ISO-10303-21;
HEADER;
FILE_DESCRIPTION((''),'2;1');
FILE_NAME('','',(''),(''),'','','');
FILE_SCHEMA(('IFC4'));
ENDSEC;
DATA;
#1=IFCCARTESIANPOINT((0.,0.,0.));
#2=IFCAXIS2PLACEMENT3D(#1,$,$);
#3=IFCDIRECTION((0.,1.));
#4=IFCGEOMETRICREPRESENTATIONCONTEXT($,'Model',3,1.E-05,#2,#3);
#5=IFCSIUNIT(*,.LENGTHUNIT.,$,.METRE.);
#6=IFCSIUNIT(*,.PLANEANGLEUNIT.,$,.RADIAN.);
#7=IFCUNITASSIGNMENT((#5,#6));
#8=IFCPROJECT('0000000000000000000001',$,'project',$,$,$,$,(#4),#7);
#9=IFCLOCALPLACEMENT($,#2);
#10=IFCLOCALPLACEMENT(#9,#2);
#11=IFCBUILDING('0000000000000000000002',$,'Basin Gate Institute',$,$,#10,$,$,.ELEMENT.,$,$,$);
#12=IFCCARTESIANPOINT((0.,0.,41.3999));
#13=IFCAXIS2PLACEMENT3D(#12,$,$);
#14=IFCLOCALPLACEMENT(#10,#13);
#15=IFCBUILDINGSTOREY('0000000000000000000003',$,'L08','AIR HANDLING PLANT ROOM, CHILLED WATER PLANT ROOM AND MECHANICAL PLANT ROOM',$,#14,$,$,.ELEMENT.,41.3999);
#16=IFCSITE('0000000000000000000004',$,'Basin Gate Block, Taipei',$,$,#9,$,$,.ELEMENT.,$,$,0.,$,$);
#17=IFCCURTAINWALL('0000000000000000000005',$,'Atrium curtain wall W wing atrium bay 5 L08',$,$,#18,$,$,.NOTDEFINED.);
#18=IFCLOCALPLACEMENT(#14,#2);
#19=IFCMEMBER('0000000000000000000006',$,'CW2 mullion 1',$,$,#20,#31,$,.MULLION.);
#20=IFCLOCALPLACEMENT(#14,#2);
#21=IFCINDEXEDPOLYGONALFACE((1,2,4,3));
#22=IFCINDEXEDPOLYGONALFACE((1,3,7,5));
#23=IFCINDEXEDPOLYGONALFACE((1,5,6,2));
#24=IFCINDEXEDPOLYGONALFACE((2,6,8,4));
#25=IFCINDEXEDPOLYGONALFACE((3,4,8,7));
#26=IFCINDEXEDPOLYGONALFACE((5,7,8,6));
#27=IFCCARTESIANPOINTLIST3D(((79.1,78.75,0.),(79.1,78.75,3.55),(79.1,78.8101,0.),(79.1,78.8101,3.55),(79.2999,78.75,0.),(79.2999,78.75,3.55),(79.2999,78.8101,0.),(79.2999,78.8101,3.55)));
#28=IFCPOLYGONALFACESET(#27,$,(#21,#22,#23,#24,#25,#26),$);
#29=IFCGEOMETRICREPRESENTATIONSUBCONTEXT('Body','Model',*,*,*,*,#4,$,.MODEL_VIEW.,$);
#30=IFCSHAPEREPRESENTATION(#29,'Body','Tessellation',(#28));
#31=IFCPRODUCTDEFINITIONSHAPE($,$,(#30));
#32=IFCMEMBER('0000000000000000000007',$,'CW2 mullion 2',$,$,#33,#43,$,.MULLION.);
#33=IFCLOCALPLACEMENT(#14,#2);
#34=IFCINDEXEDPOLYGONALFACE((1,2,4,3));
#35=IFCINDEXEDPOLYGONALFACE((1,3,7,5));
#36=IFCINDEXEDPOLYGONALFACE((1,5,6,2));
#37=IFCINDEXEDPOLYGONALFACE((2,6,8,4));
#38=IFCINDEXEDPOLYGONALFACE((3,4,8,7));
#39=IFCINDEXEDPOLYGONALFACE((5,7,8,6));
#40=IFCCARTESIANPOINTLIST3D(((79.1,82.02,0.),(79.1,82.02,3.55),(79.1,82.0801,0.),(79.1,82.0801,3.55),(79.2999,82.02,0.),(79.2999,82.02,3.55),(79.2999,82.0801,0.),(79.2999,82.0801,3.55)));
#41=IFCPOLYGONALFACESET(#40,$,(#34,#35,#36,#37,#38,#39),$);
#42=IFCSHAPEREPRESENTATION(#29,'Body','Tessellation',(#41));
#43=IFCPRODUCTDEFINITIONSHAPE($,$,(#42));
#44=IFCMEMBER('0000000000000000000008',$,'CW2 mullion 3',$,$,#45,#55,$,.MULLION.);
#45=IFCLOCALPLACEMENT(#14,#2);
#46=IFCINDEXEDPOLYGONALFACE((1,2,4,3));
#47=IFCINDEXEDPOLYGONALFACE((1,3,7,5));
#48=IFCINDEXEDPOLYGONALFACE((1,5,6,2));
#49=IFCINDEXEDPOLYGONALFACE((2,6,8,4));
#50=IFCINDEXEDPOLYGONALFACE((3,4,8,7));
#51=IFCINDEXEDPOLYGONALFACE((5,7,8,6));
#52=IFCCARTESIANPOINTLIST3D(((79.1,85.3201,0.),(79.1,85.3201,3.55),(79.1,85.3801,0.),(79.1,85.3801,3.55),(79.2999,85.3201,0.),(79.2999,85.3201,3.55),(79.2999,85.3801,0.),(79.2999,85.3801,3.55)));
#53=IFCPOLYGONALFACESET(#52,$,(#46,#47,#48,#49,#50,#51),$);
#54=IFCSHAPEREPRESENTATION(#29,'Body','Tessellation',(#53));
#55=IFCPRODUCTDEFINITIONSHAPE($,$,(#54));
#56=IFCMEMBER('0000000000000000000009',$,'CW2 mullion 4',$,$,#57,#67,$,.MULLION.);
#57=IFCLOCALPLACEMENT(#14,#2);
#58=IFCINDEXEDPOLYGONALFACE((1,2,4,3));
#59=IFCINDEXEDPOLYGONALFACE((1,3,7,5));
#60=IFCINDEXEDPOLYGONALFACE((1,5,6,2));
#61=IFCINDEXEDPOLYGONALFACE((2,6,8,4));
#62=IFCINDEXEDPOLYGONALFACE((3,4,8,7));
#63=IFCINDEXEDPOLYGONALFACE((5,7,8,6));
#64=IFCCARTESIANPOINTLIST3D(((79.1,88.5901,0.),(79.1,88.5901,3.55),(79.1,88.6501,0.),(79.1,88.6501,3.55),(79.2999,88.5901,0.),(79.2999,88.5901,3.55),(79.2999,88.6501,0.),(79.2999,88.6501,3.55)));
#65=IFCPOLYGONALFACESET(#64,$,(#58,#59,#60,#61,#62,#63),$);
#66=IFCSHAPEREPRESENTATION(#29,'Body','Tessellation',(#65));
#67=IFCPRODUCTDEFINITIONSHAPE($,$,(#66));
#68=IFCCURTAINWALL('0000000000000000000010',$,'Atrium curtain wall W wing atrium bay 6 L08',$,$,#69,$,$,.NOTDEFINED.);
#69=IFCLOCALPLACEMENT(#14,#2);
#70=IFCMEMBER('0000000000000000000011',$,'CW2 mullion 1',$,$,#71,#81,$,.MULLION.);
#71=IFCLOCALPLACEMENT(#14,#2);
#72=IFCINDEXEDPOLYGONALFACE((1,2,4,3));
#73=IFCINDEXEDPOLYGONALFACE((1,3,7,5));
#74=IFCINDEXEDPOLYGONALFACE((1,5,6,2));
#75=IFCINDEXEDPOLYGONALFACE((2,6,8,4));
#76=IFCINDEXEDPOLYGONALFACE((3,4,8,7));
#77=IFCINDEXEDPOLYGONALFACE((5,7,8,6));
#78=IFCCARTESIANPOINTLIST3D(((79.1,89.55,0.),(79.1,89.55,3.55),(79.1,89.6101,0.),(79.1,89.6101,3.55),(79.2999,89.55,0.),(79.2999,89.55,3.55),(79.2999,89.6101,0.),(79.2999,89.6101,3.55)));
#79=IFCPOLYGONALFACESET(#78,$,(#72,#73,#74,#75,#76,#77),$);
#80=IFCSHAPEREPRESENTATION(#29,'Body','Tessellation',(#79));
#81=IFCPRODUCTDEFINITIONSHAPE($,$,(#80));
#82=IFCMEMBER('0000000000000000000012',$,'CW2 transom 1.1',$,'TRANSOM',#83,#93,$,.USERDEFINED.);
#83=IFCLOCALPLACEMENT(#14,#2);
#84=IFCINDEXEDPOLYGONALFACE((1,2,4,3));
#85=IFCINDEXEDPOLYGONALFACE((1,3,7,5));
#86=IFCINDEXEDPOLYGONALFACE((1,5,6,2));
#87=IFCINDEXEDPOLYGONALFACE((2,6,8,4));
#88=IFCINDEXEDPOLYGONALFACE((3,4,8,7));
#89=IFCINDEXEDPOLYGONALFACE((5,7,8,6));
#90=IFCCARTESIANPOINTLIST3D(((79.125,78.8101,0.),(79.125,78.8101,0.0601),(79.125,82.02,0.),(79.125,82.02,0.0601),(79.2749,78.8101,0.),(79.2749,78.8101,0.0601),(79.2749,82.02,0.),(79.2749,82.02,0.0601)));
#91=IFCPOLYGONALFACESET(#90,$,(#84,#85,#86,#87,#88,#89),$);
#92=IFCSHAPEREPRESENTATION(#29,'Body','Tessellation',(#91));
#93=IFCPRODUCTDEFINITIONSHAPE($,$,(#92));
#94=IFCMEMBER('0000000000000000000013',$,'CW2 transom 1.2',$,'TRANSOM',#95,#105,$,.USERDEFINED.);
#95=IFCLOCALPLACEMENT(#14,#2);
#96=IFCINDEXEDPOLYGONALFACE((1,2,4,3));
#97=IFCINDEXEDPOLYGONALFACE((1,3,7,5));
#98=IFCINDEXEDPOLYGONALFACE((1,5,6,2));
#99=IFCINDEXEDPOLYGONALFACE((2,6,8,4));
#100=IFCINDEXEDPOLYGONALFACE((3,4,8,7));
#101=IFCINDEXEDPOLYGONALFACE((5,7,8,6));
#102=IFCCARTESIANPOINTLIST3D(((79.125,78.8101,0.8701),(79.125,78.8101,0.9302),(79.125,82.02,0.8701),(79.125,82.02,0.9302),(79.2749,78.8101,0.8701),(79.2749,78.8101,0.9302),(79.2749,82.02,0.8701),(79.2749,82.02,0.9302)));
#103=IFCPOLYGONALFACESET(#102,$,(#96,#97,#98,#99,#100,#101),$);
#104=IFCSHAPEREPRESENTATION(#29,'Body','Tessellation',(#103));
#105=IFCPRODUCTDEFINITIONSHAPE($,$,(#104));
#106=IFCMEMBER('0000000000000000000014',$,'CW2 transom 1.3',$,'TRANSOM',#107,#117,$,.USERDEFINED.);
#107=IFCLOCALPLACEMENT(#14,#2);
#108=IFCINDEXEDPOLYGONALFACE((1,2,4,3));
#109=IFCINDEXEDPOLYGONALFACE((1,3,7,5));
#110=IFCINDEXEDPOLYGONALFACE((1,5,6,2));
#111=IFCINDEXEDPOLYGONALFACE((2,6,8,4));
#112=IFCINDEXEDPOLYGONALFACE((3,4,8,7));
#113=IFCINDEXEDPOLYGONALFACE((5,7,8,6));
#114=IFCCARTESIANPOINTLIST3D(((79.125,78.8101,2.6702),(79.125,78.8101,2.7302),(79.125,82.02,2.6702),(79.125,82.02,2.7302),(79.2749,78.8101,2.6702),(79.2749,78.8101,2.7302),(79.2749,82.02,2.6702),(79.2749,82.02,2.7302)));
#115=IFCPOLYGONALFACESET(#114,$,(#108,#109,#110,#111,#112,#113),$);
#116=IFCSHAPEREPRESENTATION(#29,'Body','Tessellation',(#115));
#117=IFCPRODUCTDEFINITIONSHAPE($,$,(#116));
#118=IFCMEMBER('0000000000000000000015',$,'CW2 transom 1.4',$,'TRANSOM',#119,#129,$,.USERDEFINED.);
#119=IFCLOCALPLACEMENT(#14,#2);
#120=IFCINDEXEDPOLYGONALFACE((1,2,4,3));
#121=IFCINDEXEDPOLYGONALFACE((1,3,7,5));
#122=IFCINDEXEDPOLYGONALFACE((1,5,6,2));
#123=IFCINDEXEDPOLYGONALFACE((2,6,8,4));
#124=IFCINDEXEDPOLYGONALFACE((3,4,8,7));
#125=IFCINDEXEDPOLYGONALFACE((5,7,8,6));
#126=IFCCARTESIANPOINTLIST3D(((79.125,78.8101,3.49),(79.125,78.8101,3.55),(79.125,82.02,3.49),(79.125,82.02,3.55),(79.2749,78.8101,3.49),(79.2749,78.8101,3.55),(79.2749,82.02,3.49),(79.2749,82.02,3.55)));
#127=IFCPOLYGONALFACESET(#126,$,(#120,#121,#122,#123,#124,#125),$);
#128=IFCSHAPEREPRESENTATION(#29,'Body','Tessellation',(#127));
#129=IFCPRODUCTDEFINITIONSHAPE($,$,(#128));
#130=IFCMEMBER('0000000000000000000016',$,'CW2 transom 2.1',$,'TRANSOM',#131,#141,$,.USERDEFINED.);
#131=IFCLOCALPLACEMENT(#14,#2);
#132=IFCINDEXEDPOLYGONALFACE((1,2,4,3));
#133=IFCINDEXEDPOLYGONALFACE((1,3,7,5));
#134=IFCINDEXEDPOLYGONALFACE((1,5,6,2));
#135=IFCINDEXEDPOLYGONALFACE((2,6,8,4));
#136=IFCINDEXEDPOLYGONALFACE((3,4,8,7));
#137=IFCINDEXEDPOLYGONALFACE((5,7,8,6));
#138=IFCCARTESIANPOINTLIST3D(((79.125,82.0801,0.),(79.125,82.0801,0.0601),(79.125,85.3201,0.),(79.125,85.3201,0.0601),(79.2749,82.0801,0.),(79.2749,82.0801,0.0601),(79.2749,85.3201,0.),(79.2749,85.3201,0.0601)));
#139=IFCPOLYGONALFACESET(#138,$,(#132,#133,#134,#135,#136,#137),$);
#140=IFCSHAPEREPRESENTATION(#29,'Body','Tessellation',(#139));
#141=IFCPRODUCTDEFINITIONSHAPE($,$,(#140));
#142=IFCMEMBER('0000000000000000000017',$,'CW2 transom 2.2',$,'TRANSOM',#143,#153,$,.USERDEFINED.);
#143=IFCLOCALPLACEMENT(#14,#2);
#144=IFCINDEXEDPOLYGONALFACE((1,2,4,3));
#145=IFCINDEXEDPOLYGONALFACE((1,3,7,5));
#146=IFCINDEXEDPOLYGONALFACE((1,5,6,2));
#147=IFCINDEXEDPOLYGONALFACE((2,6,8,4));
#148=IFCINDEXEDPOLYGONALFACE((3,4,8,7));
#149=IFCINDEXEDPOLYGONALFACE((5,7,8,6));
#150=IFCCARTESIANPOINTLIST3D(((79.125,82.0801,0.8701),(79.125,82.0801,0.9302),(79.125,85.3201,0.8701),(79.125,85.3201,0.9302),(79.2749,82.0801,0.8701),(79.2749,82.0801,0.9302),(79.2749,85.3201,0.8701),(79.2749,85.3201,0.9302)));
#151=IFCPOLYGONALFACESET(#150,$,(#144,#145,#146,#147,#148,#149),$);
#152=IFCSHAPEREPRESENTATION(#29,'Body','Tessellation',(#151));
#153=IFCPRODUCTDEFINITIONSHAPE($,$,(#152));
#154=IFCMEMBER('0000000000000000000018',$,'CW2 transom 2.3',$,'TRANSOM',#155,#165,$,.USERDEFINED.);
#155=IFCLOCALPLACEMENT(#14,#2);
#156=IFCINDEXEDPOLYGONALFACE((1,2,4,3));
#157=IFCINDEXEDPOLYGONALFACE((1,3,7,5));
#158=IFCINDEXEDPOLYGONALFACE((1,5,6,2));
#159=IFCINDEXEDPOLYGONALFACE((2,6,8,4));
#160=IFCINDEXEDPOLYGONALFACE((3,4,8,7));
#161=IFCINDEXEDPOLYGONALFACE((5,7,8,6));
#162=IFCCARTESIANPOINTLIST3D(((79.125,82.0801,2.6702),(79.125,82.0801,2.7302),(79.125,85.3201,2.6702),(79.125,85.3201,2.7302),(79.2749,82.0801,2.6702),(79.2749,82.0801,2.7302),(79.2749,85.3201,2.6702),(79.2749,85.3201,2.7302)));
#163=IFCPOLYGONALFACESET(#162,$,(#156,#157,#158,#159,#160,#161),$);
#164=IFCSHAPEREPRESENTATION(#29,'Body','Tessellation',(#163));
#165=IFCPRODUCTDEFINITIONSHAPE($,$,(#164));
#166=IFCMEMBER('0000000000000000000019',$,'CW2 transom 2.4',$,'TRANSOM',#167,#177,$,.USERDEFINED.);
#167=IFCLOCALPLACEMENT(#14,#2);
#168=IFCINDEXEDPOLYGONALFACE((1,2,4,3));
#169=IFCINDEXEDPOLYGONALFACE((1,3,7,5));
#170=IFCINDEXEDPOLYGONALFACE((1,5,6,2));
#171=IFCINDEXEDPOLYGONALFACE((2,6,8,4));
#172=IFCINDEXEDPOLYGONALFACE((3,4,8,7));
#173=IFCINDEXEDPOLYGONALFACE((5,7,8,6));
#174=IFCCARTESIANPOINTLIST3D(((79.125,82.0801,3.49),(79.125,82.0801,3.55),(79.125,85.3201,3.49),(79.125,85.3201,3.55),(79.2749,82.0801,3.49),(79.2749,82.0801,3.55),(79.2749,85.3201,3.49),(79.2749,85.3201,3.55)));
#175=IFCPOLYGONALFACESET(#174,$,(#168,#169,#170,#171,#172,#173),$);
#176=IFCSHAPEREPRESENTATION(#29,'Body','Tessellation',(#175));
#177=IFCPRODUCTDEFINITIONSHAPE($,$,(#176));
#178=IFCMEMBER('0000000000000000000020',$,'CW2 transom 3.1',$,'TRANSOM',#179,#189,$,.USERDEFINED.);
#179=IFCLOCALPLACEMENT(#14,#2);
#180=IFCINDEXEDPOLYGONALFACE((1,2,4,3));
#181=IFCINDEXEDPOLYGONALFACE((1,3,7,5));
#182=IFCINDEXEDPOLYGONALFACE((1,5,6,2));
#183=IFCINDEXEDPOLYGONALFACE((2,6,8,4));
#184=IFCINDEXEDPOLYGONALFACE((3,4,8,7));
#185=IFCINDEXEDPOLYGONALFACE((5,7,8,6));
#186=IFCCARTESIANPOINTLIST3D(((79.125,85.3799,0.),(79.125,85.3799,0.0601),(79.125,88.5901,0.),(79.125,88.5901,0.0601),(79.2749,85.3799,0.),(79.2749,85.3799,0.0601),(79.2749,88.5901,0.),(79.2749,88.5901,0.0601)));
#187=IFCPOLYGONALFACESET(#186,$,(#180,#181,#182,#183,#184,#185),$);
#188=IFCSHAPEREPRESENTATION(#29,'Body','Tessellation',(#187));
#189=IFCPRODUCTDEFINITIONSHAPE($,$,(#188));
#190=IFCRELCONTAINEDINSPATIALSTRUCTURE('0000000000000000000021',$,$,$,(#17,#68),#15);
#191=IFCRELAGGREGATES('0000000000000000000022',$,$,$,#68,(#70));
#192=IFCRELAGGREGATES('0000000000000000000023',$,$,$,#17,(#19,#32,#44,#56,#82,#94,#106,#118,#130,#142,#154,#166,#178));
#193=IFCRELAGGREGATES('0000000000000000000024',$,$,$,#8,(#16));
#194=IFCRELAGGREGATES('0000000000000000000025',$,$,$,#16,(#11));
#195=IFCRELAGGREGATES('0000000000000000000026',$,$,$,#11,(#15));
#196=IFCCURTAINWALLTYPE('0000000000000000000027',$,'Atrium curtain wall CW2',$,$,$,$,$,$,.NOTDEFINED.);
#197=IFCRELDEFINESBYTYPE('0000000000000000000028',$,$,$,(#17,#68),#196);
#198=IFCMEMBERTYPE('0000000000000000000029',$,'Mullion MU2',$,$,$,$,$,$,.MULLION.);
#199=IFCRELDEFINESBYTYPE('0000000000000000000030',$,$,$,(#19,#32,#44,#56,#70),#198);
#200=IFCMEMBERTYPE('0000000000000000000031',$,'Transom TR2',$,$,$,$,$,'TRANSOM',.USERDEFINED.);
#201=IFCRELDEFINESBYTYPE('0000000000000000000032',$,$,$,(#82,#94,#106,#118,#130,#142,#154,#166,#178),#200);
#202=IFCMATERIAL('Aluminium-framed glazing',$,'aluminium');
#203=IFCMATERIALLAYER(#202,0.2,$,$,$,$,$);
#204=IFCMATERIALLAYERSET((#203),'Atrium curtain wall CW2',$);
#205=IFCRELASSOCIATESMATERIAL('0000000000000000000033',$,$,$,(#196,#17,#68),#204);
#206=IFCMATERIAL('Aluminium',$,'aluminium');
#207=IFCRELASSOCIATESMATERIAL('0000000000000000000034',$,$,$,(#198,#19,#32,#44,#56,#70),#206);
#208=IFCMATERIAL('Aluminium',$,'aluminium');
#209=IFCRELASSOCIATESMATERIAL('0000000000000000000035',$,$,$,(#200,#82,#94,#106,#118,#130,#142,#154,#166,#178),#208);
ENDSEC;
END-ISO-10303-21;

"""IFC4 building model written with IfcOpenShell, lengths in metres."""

from ifc_helpers import new_model, si_unit, direction, frame, origin, origin_2d, place, context, subcontext, project, spatial, rectangle, extrude, material, layer, layer_set, material_profile, profile_set, type_object, element, aggregate, save


model = new_model("IFC4")

# Units and contexts
model_context = context("Model", 3, precision=1e-05, world=origin(), true_north=direction((0.0, 1.0)))
body_context = subcontext(model_context, "Body", "Model", "MODEL_VIEW")
ifc_project = project(units=[si_unit("LENGTHUNIT", "METRE"), si_unit("PLANEANGLEUNIT", "RADIAN")], contexts=[model_context])

# Site, building, storey
site_placement = place(None, origin())
site = spatial("IfcSite", under=ifc_project, at=site_placement, Name="Basin Gate Block, Taipei", CompositionType="ELEMENT", RefElevation=0.0)
building_placement = place(site_placement, origin())
building = spatial("IfcBuilding", under=site, at=building_placement, Name="Basin Gate Institute", CompositionType="ELEMENT")
storey_placement = place(building_placement, frame((0.0, 0.0, 41.3999)))
storey = spatial("IfcBuildingStorey", under=building, at=storey_placement, Name="L08", Description="AIR HANDLING PLANT ROOM, CHILLED WATER PLANT ROOM AND MECHANICAL PLANT ROOM", CompositionType="ELEMENT", Elevation=41.3999)

# Curtain wall, members
ifc_material_1 = material(Name="Aluminium-framed glazing", Category="aluminium")
ifc_layer_1 = layer(ifc_material_1, 0.2)
ifc_layer_set_1 = layer_set([ifc_layer_1], Name="Atrium curtain wall CW2")
curtain_wall_type = type_object("IfcCurtainWallType", Name="Atrium curtain wall CW2", PredefinedType="NOTDEFINED", material=ifc_layer_set_1)
curtain_wall_1_placement = place(storey_placement, origin())
curtain_wall_1 = element("IfcCurtainWall", 1, at=curtain_wall_1_placement, inside=storey, type_object=curtain_wall_type, material=ifc_layer_set_1, Name="Atrium curtain wall W wing atrium bay 5 L08", PredefinedType="NOTDEFINED")
ifc_material_2 = material(Name="Aluminium", Category="aluminium")
ifc_material_profile_1 = material_profile(ifc_material_2, rectangle(XDim=0.2, YDim=0.0601, at=origin_2d()), Name="Mullion MU2 200 x 60")
ifc_profile_set_1 = profile_set([ifc_material_profile_1], Name="Aluminium")
member_type_1 = type_object("IfcMemberType", Name="Mullion MU2", PredefinedType="MULLION", material=ifc_profile_set_1)
member_1_placement = place(storey_placement, frame((79.2, 78.78, 0.0), z_axis=(0.0, 0.0, 1.0), x_axis=(-1.0, 0.0, 0.0)))
member_1 = element("IfcMember", 2, at=member_1_placement, type_object=member_type_1, material=ifc_profile_set_1, Name="CW2 mullion 1", PredefinedType="MULLION", context=body_context, shape_type="SweptSolid", body=[
    extrude(rectangle(XDim=0.2, YDim=0.0601, at=origin_2d()), origin(), (0.0, 0.0, 1.0), 3.55),
])
member_2_placement = place(storey_placement, frame((79.2, 82.05, 0.0), z_axis=(0.0, 0.0, 1.0), x_axis=(-1.0, 0.0, 0.0)))
member_2 = element("IfcMember", 3, at=member_2_placement, type_object=member_type_1, material=ifc_profile_set_1, Name="CW2 mullion 2", PredefinedType="MULLION", context=body_context, shape_type="SweptSolid", body=[
    extrude(rectangle(XDim=0.2, YDim=0.0601, at=origin_2d()), origin(), (0.0, 0.0, 1.0), 3.55),
])
member_3_placement = place(storey_placement, frame((79.2, 85.3501, 0.0), z_axis=(0.0, 0.0, 1.0), x_axis=(-1.0, 0.0, 0.0)))
member_3 = element("IfcMember", 4, at=member_3_placement, type_object=member_type_1, material=ifc_profile_set_1, Name="CW2 mullion 3", PredefinedType="MULLION", context=body_context, shape_type="SweptSolid", body=[
    extrude(rectangle(XDim=0.2, YDim=0.0601, at=origin_2d()), origin(), (0.0, 0.0, 1.0), 3.55),
])
member_4_placement = place(storey_placement, frame((79.2, 88.6201, 0.0), z_axis=(0.0, 0.0, 1.0), x_axis=(-1.0, 0.0, 0.0)))
member_4 = element("IfcMember", 5, at=member_4_placement, type_object=member_type_1, material=ifc_profile_set_1, Name="CW2 mullion 4", PredefinedType="MULLION", context=body_context, shape_type="SweptSolid", body=[
    extrude(rectangle(XDim=0.2, YDim=0.0601, at=origin_2d()), origin(), (0.0, 0.0, 1.0), 3.55),
])

# Curtain wall, member
curtain_wall_2_placement = place(storey_placement, origin())
curtain_wall_2 = element("IfcCurtainWall", 6, at=curtain_wall_2_placement, inside=storey, type_object=curtain_wall_type, material=ifc_layer_set_1, Name="Atrium curtain wall W wing atrium bay 6 L08", PredefinedType="NOTDEFINED")
member_5_placement = place(storey_placement, frame((79.2, 89.5801, 0.0), z_axis=(0.0, 0.0, 1.0), x_axis=(-1.0, 0.0, 0.0)))
member_5 = element("IfcMember", 7, at=member_5_placement, type_object=member_type_1, material=ifc_profile_set_1, Name="CW2 mullion 1", PredefinedType="MULLION", context=body_context, shape_type="SweptSolid", body=[
    extrude(rectangle(XDim=0.2, YDim=0.0601, at=origin_2d()), origin(), (0.0, 0.0, 1.0), 3.55),
])

# Members
ifc_material_3 = material(Name="Aluminium", Category="aluminium")
ifc_material_profile_2 = material_profile(ifc_material_3, rectangle(XDim=0.1499, YDim=0.0601, at=origin_2d()), Name="Transom TR2 150 x 60")
ifc_profile_set_2 = profile_set([ifc_material_profile_2], Name="Aluminium")
member_type_2 = type_object("IfcMemberType", Name="Transom TR2", ElementType="TRANSOM", PredefinedType="USERDEFINED", material=ifc_profile_set_2)
member_6_placement = place(storey_placement, frame((79.2, 78.8101, 0.03), z_axis=(0.0, 1.0, 0.0), x_axis=(-1.0, 0.0, 0.0)))
member_6 = element("IfcMember", 8, at=member_6_placement, type_object=member_type_2, material=ifc_profile_set_2, Name="CW2 transom 1.1", ObjectType="TRANSOM", PredefinedType="USERDEFINED", context=body_context, shape_type="SweptSolid", body=[
    extrude(rectangle(XDim=0.1499, YDim=0.0601, at=origin_2d()), origin(), (0.0, 0.0, 1.0), 3.21),
])
member_7_placement = place(storey_placement, frame((79.2, 78.8101, 0.9001), z_axis=(0.0, 1.0, 0.0), x_axis=(-1.0, 0.0, 0.0)))
member_7 = element("IfcMember", 9, at=member_7_placement, type_object=member_type_2, material=ifc_profile_set_2, Name="CW2 transom 1.2", ObjectType="TRANSOM", PredefinedType="USERDEFINED", context=body_context, shape_type="SweptSolid", body=[
    extrude(rectangle(XDim=0.1499, YDim=0.0601, at=origin_2d()), origin(), (0.0, 0.0, 1.0), 3.21),
])
member_8_placement = place(storey_placement, frame((79.2, 78.8101, 2.7002), z_axis=(0.0, 1.0, 0.0), x_axis=(-1.0, 0.0, 0.0)))
member_8 = element("IfcMember", 10, at=member_8_placement, type_object=member_type_2, material=ifc_profile_set_2, Name="CW2 transom 1.3", ObjectType="TRANSOM", PredefinedType="USERDEFINED", context=body_context, shape_type="SweptSolid", body=[
    extrude(rectangle(XDim=0.1499, YDim=0.0601, at=origin_2d()), origin(), (0.0, 0.0, 1.0), 3.21),
])
member_9_placement = place(storey_placement, frame((79.2, 78.8101, 3.52), z_axis=(0.0, 1.0, 0.0), x_axis=(-1.0, 0.0, 0.0)))
member_9 = element("IfcMember", 11, at=member_9_placement, type_object=member_type_2, material=ifc_profile_set_2, Name="CW2 transom 1.4", ObjectType="TRANSOM", PredefinedType="USERDEFINED", context=body_context, shape_type="SweptSolid", body=[
    extrude(rectangle(XDim=0.1499, YDim=0.0601, at=origin_2d()), origin(), (0.0, 0.0, 1.0), 3.21),
])
member_10_placement = place(storey_placement, frame((79.2, 82.0801, 0.03), z_axis=(0.0, 1.0, 0.0), x_axis=(-1.0, 0.0, 0.0)))
member_10 = element("IfcMember", 12, at=member_10_placement, type_object=member_type_2, material=ifc_profile_set_2, Name="CW2 transom 2.1", ObjectType="TRANSOM", PredefinedType="USERDEFINED", context=body_context, shape_type="SweptSolid", body=[
    extrude(rectangle(XDim=0.1499, YDim=0.0601, at=origin_2d()), origin(), (0.0, 0.0, 1.0), 3.24),
])
member_11_placement = place(storey_placement, frame((79.2, 82.0801, 0.9001), z_axis=(0.0, 1.0, 0.0), x_axis=(-1.0, 0.0, 0.0)))
member_11 = element("IfcMember", 13, at=member_11_placement, type_object=member_type_2, material=ifc_profile_set_2, Name="CW2 transom 2.2", ObjectType="TRANSOM", PredefinedType="USERDEFINED", context=body_context, shape_type="SweptSolid", body=[
    extrude(rectangle(XDim=0.1499, YDim=0.0601, at=origin_2d()), origin(), (0.0, 0.0, 1.0), 3.24),
])
member_12_placement = place(storey_placement, frame((79.2, 82.0801, 2.7002), z_axis=(0.0, 1.0, 0.0), x_axis=(-1.0, 0.0, 0.0)))
member_12 = element("IfcMember", 14, at=member_12_placement, type_object=member_type_2, material=ifc_profile_set_2, Name="CW2 transom 2.3", ObjectType="TRANSOM", PredefinedType="USERDEFINED", context=body_context, shape_type="SweptSolid", body=[
    extrude(rectangle(XDim=0.1499, YDim=0.0601, at=origin_2d()), origin(), (0.0, 0.0, 1.0), 3.24),
])
member_13_placement = place(storey_placement, frame((79.2, 82.0801, 3.52), z_axis=(0.0, 1.0, 0.0), x_axis=(-1.0, 0.0, 0.0)))
member_13 = element("IfcMember", 15, at=member_13_placement, type_object=member_type_2, material=ifc_profile_set_2, Name="CW2 transom 2.4", ObjectType="TRANSOM", PredefinedType="USERDEFINED", context=body_context, shape_type="SweptSolid", body=[
    extrude(rectangle(XDim=0.1499, YDim=0.0601, at=origin_2d()), origin(), (0.0, 0.0, 1.0), 3.24),
])
member_14_placement = place(storey_placement, frame((79.2, 85.3799, 0.03), z_axis=(0.0, 1.0, 0.0), x_axis=(-1.0, 0.0, 0.0)))
member_14 = element("IfcMember", 16, at=member_14_placement, type_object=member_type_2, material=ifc_profile_set_2, Name="CW2 transom 3.1", ObjectType="TRANSOM", PredefinedType="USERDEFINED", context=body_context, shape_type="SweptSolid", body=[
    extrude(rectangle(XDim=0.1499, YDim=0.0601, at=origin_2d()), origin(), (0.0, 0.0, 1.0), 3.2102),
])

aggregate(curtain_wall_2, [member_5])
aggregate(curtain_wall_1, [member_1, member_2, member_3, member_4, member_6, member_7, member_8, member_9, member_10, member_11, member_12, member_13, member_14])

save(model, "model.ifc")
